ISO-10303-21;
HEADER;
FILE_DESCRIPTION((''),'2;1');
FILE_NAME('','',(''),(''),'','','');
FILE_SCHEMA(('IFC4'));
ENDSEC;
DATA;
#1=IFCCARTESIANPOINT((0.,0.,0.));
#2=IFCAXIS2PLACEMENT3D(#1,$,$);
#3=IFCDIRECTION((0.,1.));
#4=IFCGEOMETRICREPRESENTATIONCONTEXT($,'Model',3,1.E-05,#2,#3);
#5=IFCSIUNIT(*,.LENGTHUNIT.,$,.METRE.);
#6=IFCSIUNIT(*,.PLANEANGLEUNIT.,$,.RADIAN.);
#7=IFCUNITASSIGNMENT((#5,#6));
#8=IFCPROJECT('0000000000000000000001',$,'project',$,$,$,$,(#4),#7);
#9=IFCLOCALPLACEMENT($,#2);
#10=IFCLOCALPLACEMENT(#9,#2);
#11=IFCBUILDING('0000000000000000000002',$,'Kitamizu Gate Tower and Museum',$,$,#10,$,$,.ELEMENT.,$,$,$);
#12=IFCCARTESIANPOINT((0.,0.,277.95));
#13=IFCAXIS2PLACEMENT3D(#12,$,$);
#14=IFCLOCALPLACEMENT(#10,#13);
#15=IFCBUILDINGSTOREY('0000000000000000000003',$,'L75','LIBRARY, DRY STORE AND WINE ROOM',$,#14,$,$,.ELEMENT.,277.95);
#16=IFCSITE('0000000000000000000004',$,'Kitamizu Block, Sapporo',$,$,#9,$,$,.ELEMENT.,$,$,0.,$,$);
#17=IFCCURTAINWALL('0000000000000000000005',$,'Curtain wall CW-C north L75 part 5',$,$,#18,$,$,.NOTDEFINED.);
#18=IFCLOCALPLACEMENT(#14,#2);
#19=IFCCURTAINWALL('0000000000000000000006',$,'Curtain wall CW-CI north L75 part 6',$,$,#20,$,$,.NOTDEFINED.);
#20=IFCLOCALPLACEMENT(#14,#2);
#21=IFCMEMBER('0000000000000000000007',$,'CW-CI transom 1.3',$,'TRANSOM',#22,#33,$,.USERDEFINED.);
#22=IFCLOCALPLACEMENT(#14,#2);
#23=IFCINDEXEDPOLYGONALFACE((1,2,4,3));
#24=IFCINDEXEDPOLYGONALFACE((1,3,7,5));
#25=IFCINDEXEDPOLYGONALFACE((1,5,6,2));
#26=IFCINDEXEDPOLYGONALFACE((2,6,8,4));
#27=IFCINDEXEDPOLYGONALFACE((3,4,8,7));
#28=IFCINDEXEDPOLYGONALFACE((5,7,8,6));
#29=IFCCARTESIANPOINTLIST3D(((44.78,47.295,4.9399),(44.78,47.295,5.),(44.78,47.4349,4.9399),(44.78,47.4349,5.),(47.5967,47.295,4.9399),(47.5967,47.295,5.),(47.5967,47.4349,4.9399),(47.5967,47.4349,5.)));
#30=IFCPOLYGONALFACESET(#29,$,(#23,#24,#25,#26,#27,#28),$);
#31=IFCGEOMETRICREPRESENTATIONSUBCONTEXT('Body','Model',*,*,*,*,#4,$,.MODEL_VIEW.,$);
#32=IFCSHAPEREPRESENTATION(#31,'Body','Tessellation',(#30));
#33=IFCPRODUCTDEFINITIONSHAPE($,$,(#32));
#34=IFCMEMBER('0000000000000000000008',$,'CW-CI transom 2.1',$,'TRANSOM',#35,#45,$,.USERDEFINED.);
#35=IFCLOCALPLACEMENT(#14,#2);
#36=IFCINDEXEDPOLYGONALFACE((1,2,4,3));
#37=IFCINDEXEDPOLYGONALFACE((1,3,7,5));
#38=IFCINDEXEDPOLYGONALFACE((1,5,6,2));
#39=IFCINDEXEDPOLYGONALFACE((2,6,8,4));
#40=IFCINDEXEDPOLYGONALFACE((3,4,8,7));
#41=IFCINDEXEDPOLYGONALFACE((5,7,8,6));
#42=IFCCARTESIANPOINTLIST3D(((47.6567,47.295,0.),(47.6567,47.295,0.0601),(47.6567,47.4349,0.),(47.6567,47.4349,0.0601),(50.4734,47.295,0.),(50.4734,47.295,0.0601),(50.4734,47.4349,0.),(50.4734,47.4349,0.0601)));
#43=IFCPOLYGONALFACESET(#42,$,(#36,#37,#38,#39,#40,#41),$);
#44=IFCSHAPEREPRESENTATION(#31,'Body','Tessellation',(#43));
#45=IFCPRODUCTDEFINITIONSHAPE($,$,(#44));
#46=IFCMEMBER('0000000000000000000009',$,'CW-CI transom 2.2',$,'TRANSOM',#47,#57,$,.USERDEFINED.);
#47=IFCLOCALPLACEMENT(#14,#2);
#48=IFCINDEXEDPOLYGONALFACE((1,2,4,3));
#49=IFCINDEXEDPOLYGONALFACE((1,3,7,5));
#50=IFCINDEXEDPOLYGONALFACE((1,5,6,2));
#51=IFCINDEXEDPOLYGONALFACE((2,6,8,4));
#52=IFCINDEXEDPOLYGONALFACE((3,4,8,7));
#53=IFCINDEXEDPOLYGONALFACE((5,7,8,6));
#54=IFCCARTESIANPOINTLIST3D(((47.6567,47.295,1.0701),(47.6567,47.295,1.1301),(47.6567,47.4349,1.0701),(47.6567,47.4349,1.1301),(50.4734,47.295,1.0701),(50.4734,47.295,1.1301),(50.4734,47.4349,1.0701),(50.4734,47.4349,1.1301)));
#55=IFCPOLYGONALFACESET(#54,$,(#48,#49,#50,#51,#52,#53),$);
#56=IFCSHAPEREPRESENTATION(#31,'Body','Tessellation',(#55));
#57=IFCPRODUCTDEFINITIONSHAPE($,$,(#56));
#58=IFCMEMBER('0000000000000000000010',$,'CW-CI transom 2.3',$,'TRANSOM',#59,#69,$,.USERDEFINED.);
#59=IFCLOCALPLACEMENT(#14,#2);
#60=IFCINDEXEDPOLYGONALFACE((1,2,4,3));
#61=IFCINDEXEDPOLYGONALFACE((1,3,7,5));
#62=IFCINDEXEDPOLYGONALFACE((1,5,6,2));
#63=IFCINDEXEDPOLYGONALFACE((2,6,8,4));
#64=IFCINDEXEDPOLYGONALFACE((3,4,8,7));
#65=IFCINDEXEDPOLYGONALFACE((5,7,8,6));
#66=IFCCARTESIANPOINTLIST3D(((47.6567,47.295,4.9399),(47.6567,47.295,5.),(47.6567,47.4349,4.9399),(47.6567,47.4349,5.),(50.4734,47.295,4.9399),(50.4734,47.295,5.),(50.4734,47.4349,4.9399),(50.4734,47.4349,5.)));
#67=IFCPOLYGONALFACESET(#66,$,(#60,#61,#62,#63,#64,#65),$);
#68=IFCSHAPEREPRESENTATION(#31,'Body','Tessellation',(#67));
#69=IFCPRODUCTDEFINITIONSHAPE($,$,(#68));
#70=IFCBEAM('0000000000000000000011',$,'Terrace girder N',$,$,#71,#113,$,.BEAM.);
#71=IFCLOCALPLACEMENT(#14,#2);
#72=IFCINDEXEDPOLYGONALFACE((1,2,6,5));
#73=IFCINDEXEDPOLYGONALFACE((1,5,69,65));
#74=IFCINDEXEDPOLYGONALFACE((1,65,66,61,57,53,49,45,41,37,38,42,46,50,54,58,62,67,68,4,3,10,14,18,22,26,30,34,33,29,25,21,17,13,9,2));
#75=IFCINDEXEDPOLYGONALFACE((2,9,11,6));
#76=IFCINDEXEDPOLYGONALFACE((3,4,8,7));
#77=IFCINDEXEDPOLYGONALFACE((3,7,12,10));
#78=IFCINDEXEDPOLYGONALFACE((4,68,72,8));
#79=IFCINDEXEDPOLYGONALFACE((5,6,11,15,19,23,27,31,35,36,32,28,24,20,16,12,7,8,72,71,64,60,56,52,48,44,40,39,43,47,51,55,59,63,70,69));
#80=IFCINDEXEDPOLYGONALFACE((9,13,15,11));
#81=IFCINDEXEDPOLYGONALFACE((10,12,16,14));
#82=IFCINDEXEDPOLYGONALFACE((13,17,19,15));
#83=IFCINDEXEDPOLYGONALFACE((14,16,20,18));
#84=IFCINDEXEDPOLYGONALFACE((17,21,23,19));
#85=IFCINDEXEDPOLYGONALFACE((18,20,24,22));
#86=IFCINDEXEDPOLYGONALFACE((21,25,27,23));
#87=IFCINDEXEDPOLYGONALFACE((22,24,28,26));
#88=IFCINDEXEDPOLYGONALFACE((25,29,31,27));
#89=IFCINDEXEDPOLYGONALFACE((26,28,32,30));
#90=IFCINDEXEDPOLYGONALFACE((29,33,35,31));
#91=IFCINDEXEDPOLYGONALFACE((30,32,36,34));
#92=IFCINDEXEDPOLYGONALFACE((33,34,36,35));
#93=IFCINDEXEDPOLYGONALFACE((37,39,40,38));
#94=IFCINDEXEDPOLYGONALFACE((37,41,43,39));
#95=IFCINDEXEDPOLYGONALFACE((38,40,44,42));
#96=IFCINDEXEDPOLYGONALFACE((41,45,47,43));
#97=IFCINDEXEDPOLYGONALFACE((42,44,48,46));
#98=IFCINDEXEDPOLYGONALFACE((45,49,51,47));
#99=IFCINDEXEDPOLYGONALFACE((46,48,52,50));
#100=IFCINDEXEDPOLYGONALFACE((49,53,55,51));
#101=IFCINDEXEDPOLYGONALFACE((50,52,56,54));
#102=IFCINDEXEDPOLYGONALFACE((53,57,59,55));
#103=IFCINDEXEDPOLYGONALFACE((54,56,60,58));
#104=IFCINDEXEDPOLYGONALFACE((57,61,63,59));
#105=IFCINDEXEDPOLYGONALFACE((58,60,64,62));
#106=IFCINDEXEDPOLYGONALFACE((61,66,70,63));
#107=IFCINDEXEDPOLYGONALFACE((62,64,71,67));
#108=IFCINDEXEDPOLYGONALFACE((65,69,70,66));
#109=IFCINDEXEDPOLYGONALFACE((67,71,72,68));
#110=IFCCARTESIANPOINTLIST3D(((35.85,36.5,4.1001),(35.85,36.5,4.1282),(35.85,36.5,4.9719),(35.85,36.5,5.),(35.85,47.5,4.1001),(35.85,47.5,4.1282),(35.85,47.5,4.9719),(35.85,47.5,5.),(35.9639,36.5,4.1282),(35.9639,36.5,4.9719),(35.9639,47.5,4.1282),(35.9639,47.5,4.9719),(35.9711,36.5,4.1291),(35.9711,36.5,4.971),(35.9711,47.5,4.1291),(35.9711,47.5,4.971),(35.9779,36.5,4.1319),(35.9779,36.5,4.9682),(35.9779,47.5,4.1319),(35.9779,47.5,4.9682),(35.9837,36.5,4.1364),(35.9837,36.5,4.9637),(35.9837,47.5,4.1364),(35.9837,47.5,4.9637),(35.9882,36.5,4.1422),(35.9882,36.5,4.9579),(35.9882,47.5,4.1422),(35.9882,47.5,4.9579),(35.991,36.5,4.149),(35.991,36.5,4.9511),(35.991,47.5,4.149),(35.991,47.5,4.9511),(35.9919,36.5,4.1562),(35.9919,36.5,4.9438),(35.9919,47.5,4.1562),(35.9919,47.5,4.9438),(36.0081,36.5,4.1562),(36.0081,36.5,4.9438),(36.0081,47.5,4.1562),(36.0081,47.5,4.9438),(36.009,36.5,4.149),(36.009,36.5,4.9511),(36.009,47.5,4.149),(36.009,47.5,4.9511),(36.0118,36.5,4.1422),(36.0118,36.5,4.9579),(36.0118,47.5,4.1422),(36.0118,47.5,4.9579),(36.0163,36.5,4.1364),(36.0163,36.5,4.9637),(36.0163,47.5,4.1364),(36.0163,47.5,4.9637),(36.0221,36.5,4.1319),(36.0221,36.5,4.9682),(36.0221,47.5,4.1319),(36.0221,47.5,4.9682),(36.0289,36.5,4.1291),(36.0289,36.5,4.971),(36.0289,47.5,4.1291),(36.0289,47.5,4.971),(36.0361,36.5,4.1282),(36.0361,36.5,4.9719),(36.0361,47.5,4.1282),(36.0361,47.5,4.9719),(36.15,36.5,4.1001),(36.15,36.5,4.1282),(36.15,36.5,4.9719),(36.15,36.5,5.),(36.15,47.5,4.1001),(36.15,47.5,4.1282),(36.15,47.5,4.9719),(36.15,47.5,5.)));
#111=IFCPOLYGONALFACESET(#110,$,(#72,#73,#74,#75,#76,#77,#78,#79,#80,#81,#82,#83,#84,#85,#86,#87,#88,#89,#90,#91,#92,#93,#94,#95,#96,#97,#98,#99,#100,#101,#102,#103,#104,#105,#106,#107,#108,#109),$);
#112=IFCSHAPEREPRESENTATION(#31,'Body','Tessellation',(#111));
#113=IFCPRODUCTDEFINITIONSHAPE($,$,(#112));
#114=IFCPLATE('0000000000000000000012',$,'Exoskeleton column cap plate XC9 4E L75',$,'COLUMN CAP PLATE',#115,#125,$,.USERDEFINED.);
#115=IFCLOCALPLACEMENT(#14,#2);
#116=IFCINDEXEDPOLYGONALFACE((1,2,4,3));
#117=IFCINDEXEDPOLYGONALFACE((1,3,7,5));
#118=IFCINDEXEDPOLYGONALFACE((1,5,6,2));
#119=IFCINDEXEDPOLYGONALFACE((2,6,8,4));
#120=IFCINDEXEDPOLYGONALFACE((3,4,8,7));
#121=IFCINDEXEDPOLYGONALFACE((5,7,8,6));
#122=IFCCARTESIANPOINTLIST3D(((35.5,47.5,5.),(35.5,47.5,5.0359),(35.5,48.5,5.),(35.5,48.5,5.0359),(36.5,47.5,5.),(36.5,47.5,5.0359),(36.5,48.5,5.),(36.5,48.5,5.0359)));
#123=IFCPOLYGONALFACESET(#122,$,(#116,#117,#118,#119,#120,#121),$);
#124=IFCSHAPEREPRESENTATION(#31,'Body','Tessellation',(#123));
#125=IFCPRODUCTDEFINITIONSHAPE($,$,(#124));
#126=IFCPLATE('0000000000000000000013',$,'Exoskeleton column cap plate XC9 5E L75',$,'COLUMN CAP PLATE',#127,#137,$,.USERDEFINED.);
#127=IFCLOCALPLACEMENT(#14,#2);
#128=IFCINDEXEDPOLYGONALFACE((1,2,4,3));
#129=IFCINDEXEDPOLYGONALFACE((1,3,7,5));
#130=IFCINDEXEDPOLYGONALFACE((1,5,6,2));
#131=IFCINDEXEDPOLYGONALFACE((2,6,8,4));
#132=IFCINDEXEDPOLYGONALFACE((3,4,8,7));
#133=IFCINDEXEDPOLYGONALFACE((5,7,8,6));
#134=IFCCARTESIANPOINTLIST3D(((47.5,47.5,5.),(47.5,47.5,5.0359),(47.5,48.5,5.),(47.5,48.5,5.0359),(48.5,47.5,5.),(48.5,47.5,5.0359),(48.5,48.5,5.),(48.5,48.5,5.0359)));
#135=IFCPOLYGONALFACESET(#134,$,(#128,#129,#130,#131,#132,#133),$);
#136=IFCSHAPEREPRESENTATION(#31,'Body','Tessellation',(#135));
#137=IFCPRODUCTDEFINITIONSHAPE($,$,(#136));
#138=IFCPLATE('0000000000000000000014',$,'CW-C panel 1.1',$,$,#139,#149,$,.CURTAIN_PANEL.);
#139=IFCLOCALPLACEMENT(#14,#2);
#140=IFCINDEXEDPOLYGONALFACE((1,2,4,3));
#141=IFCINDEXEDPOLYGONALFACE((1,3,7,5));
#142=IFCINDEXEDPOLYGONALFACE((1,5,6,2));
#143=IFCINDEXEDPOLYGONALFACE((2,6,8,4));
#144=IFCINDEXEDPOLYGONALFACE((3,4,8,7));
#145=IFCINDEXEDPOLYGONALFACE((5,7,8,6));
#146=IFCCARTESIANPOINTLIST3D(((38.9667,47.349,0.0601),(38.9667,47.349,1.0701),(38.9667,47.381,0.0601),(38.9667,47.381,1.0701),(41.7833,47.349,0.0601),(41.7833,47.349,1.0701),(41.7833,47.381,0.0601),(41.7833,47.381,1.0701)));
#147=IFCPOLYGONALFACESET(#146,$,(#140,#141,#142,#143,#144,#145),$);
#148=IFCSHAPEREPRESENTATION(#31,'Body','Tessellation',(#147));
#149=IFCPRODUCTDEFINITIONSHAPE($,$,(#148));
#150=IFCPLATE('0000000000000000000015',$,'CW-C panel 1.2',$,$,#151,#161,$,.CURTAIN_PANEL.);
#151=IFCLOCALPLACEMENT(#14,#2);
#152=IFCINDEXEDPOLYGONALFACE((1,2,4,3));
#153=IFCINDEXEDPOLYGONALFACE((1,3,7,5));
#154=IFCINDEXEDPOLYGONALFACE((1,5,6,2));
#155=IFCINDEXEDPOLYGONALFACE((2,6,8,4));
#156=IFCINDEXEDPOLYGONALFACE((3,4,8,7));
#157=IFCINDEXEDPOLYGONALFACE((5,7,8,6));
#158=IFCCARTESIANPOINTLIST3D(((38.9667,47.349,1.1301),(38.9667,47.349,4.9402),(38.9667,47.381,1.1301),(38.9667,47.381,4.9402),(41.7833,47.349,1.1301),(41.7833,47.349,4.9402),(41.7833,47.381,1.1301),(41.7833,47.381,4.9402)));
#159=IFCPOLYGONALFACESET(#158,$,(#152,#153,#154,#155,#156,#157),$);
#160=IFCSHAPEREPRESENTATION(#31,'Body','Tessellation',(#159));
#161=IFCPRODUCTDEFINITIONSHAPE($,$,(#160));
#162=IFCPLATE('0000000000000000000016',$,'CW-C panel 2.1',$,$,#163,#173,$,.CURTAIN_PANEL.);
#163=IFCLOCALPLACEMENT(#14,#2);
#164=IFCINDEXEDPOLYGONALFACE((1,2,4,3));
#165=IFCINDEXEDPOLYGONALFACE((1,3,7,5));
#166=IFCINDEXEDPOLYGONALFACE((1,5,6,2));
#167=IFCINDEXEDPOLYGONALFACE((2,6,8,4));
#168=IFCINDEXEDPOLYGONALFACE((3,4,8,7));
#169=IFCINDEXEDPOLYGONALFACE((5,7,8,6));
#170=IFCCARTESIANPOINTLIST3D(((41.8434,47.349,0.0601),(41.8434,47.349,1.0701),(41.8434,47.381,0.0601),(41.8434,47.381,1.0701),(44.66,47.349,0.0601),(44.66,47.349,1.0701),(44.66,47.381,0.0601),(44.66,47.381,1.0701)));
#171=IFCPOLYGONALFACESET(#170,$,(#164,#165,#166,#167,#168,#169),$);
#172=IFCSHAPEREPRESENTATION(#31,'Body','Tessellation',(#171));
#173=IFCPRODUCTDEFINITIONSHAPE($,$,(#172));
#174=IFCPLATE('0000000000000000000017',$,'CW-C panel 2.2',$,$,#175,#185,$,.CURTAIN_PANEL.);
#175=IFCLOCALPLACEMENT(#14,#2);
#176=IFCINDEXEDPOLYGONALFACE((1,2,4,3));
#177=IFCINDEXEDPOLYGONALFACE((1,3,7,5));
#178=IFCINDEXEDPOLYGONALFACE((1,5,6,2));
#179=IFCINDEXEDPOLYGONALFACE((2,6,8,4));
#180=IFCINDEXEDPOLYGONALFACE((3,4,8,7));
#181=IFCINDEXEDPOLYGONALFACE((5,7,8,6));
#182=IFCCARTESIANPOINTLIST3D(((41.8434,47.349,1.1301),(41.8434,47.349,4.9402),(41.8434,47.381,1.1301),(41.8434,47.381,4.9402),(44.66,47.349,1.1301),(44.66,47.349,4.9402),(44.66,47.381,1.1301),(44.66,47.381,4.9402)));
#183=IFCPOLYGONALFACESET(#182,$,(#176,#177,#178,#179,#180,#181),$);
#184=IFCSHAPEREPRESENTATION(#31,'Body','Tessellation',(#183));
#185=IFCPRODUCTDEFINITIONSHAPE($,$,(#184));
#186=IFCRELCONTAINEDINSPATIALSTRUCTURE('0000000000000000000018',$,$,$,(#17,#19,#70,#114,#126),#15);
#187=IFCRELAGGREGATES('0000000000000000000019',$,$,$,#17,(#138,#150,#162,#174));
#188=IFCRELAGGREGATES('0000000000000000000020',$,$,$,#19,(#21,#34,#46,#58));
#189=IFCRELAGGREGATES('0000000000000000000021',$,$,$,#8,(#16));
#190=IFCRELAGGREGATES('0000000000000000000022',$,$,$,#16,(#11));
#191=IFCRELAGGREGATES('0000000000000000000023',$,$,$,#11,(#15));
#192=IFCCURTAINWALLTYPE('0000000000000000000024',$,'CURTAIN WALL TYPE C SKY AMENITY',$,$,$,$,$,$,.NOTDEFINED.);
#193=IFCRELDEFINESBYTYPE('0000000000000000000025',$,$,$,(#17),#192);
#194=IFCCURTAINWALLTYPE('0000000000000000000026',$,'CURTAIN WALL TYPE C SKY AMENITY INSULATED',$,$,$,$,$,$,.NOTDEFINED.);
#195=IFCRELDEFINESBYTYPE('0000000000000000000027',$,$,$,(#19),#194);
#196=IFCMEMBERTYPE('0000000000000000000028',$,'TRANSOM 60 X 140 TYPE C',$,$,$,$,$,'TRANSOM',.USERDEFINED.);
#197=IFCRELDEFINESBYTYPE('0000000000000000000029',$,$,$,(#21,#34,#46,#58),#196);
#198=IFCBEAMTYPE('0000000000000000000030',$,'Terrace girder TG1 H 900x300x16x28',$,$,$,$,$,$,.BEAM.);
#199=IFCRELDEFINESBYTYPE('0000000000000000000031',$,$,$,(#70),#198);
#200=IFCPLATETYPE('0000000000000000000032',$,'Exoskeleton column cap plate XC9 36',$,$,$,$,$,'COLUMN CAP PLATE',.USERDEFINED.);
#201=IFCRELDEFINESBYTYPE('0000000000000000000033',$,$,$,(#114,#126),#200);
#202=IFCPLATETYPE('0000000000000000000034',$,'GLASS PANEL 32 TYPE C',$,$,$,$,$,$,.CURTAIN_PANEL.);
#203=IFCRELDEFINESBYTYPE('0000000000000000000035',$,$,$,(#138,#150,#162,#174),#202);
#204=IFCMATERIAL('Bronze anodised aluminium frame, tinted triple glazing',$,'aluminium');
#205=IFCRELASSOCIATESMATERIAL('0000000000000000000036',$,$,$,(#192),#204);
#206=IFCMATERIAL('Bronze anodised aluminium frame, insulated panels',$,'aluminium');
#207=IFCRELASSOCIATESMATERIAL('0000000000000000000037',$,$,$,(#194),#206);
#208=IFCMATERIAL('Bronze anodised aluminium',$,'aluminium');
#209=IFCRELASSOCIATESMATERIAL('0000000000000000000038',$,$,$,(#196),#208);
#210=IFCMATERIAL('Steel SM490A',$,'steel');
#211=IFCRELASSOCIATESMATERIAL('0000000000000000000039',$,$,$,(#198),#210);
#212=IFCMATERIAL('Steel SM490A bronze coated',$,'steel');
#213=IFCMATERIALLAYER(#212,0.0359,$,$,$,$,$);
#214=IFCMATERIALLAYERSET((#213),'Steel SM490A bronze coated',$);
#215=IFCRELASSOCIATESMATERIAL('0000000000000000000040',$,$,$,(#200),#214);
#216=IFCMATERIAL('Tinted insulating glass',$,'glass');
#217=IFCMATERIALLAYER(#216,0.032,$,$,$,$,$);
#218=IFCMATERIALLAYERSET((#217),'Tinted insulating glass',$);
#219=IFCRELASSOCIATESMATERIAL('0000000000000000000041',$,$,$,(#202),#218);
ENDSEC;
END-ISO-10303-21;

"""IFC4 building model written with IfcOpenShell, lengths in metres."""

from ifc_helpers import new_model, si_unit, direction, frame, origin, origin_2d, place, context, subcontext, project, spatial, rectangle, i_section, extrude, material, layer, layer_set, material_profile, profile_set, type_object, element, aggregate, save


model = new_model("IFC4")

# Units and contexts
model_context = context("Model", 3, precision=1e-05, world=origin(), true_north=direction((0.0, 1.0)))
body_context = subcontext(model_context, "Body", "Model", "MODEL_VIEW")
ifc_project = project(units=[si_unit("LENGTHUNIT", "METRE"), si_unit("PLANEANGLEUNIT", "RADIAN")], contexts=[model_context])

# Site, building, storey
site_placement = place(None, origin())
site = spatial("IfcSite", under=ifc_project, at=site_placement, Name="Kitamizu Block, Sapporo", CompositionType="ELEMENT", RefElevation=0.0)
building_placement = place(site_placement, origin())
building = spatial("IfcBuilding", under=site, at=building_placement, Name="Kitamizu Gate Tower and Museum", CompositionType="ELEMENT")
storey_placement = place(building_placement, frame((0.0, 0.0, 277.95)))
storey = spatial("IfcBuildingStorey", under=building, at=storey_placement, Name="L75", Description="LIBRARY, DRY STORE AND WINE ROOM", CompositionType="ELEMENT", Elevation=277.95)

# Curtain walls
ifc_material_1 = material(Name="Bronze anodised aluminium frame, tinted triple glazing", Category="aluminium")
curtain_wall_type_1 = type_object("IfcCurtainWallType", Name="CURTAIN WALL TYPE C SKY AMENITY", PredefinedType="NOTDEFINED", material=ifc_material_1)
curtain_wall_1_placement = place(storey_placement, origin())
curtain_wall_1 = element("IfcCurtainWall", 1, at=curtain_wall_1_placement, inside=storey, type_object=curtain_wall_type_1, Name="Curtain wall CW-C north L75 part 5", PredefinedType="NOTDEFINED")
ifc_material_2 = material(Name="Bronze anodised aluminium frame, insulated panels", Category="aluminium")
curtain_wall_type_2 = type_object("IfcCurtainWallType", Name="CURTAIN WALL TYPE C SKY AMENITY INSULATED", PredefinedType="NOTDEFINED", material=ifc_material_2)
curtain_wall_2_placement = place(storey_placement, origin())
curtain_wall_2 = element("IfcCurtainWall", 2, at=curtain_wall_2_placement, inside=storey, type_object=curtain_wall_type_2, Name="Curtain wall CW-CI north L75 part 6", PredefinedType="NOTDEFINED")

# Members
ifc_material_3 = material(Name="Bronze anodised aluminium", Category="aluminium")
ifc_material_profile_1 = material_profile(ifc_material_3, rectangle(XDim=0.1399, YDim=0.0601, at=origin_2d()), Name="AL 60X140")
ifc_profile_set_1 = profile_set([ifc_material_profile_1], Name="Bronze anodised aluminium")
member_type_1 = type_object("IfcMemberType", Name="TRANSOM 60 X 140 TYPE C", ElementType="TRANSOM", PredefinedType="USERDEFINED", material=ifc_profile_set_1)
member_1_placement = place(storey_placement, frame((44.78, 47.365, 4.97), z_axis=(1.0, 0.0, 0.0), x_axis=(0.0, 1.0, 0.0)))
member_1 = element("IfcMember", 3, at=member_1_placement, type_object=member_type_1, Name="CW-CI transom 1.3", ObjectType="TRANSOM", PredefinedType="USERDEFINED", context=body_context, shape_type="SweptSolid", body=[
    extrude(rectangle(XDim=0.1399, YDim=0.0601, at=origin_2d()), origin(), (0.0, 0.0, 1.0), 2.8167),
])
member_2_placement = place(storey_placement, frame((47.6567, 47.365, 0.03), z_axis=(1.0, 0.0, 0.0), x_axis=(0.0, 1.0, 0.0)))
member_2 = element("IfcMember", 4, at=member_2_placement, type_object=member_type_1, Name="CW-CI transom 2.1", ObjectType="TRANSOM", PredefinedType="USERDEFINED", context=body_context, shape_type="SweptSolid", body=[
    extrude(rectangle(XDim=0.1399, YDim=0.0601, at=origin_2d()), origin(), (0.0, 0.0, 1.0), 2.8167),
])
member_3_placement = place(storey_placement, frame((47.6567, 47.365, 1.1001), z_axis=(1.0, 0.0, 0.0), x_axis=(0.0, 1.0, 0.0)))
member_3 = element("IfcMember", 5, at=member_3_placement, type_object=member_type_1, Name="CW-CI transom 2.2", ObjectType="TRANSOM", PredefinedType="USERDEFINED", context=body_context, shape_type="SweptSolid", body=[
    extrude(rectangle(XDim=0.1399, YDim=0.0601, at=origin_2d()), origin(), (0.0, 0.0, 1.0), 2.8167),
])
member_4_placement = place(storey_placement, frame((47.6567, 47.365, 4.97), z_axis=(1.0, 0.0, 0.0), x_axis=(0.0, 1.0, 0.0)))
member_4 = element("IfcMember", 6, at=member_4_placement, type_object=member_type_1, Name="CW-CI transom 2.3", ObjectType="TRANSOM", PredefinedType="USERDEFINED", context=body_context, shape_type="SweptSolid", body=[
    extrude(rectangle(XDim=0.1399, YDim=0.0601, at=origin_2d()), origin(), (0.0, 0.0, 1.0), 2.8167),
])

# Beam
ifc_material_4 = material(Name="Steel SM490A", Category="steel")
ifc_material_profile_2 = material_profile(ifc_material_4, i_section(OverallWidth=0.3, OverallDepth=0.8999, WebThickness=0.0161, FlangeThickness=0.0281, FilletRadius=0.0281, at=origin_2d()), Name="H-900x300x16x28")
ifc_profile_set_2 = profile_set([ifc_material_profile_2], Name="Steel SM490A")
beam_type_1 = type_object("IfcBeamType", Name="Terrace girder TG1 H 900x300x16x28", PredefinedType="BEAM", material=ifc_profile_set_2)
beam_1_placement = place(storey_placement, frame((36.0, 47.5, 4.55), z_axis=(0.0, -1.0, 0.0), x_axis=(1.0, 0.0, 0.0)))
element("IfcBeam", 7, at=beam_1_placement, inside=storey, type_object=beam_type_1, Name="Terrace girder N", PredefinedType="BEAM", context=body_context, shape_type="SweptSolid", body=[
    extrude(i_section(OverallWidth=0.3, OverallDepth=0.8999, WebThickness=0.0161, FlangeThickness=0.0281, FilletRadius=0.0281, at=origin_2d()), origin(), (0.0, 0.0, 1.0), 11.0),
])

# Plates
ifc_material_5 = material(Name="Steel SM490A bronze coated", Category="steel")
ifc_layer_1 = layer(ifc_material_5, 0.0359)
ifc_layer_set_1 = layer_set([ifc_layer_1], Name="Steel SM490A bronze coated")
plate_type_1 = type_object("IfcPlateType", Name="Exoskeleton column cap plate XC9 36", ElementType="COLUMN CAP PLATE", PredefinedType="USERDEFINED", material=ifc_layer_set_1)
for number, where, z_axis, x_axis, name in (
    (8, (36.0, 48.0, 5.0), (0.0, 0.0, 1.0), (1.0, 0.0, 0.0), "Exoskeleton column cap plate XC9 4E L75"),
    (9, (48.0, 48.0, 5.0), (0.0, 0.0, 1.0), (1.0, 0.0, 0.0), "Exoskeleton column cap plate XC9 5E L75"),
):
    element("IfcPlate", number, at=place(storey_placement, frame(where, z_axis=z_axis, x_axis=x_axis)), inside=storey, type_object=plate_type_1, Name=name, ObjectType="COLUMN CAP PLATE", PredefinedType="USERDEFINED", context=body_context, shape_type="SweptSolid", body=[
        extrude(rectangle(XDim=1.0, YDim=1.0, at=origin_2d()), origin(), (0.0, 0.0, 1.0), 0.0359),
    ])

# Plates
ifc_material_6 = material(Name="Tinted insulating glass", Category="glass")
ifc_layer_2 = layer(ifc_material_6, 0.032)
ifc_layer_set_2 = layer_set([ifc_layer_2], Name="Tinted insulating glass")
plate_type_2 = type_object("IfcPlateType", Name="GLASS PANEL 32 TYPE C", PredefinedType="CURTAIN_PANEL", material=ifc_layer_set_2)
plate_1_placement = place(storey_placement, frame((40.375, 47.365, 0.0601), z_axis=(0.0, 0.0, 1.0), x_axis=(1.0, 0.0, 0.0)))
plate_1 = element("IfcPlate", 10, at=plate_1_placement, type_object=plate_type_2, Name="CW-C panel 1.1", PredefinedType="CURTAIN_PANEL", context=body_context, shape_type="SweptSolid", body=[
    extrude(rectangle(XDim=2.8167, YDim=0.032, at=origin_2d()), origin(), (0.0, 0.0, 1.0), 1.01),
])
plate_2_placement = place(storey_placement, frame((40.375, 47.365, 1.1301), z_axis=(0.0, 0.0, 1.0), x_axis=(1.0, 0.0, 0.0)))
plate_2 = element("IfcPlate", 11, at=plate_2_placement, type_object=plate_type_2, Name="CW-C panel 1.2", PredefinedType="CURTAIN_PANEL", context=body_context, shape_type="SweptSolid", body=[
    extrude(rectangle(XDim=2.8167, YDim=0.032, at=origin_2d()), origin(), (0.0, 0.0, 1.0), 3.8101),
])
plate_3_placement = place(storey_placement, frame((43.2517, 47.365, 0.0601), z_axis=(0.0, 0.0, 1.0), x_axis=(1.0, 0.0, 0.0)))
plate_3 = element("IfcPlate", 12, at=plate_3_placement, type_object=plate_type_2, Name="CW-C panel 2.1", PredefinedType="CURTAIN_PANEL", context=body_context, shape_type="SweptSolid", body=[
    extrude(rectangle(XDim=2.8167, YDim=0.032, at=origin_2d()), origin(), (0.0, 0.0, 1.0), 1.01),
])
plate_4_placement = place(storey_placement, frame((43.2517, 47.365, 1.1301), z_axis=(0.0, 0.0, 1.0), x_axis=(1.0, 0.0, 0.0)))
plate_4 = element("IfcPlate", 13, at=plate_4_placement, type_object=plate_type_2, Name="CW-C panel 2.2", PredefinedType="CURTAIN_PANEL", context=body_context, shape_type="SweptSolid", body=[
    extrude(rectangle(XDim=2.8167, YDim=0.032, at=origin_2d()), origin(), (0.0, 0.0, 1.0), 3.8101),
])
aggregate(curtain_wall_1, [plate_1, plate_2, plate_3, plate_4])
aggregate(curtain_wall_2, [member_1, member_2, member_3, member_4])

save(model, "model.ifc")
